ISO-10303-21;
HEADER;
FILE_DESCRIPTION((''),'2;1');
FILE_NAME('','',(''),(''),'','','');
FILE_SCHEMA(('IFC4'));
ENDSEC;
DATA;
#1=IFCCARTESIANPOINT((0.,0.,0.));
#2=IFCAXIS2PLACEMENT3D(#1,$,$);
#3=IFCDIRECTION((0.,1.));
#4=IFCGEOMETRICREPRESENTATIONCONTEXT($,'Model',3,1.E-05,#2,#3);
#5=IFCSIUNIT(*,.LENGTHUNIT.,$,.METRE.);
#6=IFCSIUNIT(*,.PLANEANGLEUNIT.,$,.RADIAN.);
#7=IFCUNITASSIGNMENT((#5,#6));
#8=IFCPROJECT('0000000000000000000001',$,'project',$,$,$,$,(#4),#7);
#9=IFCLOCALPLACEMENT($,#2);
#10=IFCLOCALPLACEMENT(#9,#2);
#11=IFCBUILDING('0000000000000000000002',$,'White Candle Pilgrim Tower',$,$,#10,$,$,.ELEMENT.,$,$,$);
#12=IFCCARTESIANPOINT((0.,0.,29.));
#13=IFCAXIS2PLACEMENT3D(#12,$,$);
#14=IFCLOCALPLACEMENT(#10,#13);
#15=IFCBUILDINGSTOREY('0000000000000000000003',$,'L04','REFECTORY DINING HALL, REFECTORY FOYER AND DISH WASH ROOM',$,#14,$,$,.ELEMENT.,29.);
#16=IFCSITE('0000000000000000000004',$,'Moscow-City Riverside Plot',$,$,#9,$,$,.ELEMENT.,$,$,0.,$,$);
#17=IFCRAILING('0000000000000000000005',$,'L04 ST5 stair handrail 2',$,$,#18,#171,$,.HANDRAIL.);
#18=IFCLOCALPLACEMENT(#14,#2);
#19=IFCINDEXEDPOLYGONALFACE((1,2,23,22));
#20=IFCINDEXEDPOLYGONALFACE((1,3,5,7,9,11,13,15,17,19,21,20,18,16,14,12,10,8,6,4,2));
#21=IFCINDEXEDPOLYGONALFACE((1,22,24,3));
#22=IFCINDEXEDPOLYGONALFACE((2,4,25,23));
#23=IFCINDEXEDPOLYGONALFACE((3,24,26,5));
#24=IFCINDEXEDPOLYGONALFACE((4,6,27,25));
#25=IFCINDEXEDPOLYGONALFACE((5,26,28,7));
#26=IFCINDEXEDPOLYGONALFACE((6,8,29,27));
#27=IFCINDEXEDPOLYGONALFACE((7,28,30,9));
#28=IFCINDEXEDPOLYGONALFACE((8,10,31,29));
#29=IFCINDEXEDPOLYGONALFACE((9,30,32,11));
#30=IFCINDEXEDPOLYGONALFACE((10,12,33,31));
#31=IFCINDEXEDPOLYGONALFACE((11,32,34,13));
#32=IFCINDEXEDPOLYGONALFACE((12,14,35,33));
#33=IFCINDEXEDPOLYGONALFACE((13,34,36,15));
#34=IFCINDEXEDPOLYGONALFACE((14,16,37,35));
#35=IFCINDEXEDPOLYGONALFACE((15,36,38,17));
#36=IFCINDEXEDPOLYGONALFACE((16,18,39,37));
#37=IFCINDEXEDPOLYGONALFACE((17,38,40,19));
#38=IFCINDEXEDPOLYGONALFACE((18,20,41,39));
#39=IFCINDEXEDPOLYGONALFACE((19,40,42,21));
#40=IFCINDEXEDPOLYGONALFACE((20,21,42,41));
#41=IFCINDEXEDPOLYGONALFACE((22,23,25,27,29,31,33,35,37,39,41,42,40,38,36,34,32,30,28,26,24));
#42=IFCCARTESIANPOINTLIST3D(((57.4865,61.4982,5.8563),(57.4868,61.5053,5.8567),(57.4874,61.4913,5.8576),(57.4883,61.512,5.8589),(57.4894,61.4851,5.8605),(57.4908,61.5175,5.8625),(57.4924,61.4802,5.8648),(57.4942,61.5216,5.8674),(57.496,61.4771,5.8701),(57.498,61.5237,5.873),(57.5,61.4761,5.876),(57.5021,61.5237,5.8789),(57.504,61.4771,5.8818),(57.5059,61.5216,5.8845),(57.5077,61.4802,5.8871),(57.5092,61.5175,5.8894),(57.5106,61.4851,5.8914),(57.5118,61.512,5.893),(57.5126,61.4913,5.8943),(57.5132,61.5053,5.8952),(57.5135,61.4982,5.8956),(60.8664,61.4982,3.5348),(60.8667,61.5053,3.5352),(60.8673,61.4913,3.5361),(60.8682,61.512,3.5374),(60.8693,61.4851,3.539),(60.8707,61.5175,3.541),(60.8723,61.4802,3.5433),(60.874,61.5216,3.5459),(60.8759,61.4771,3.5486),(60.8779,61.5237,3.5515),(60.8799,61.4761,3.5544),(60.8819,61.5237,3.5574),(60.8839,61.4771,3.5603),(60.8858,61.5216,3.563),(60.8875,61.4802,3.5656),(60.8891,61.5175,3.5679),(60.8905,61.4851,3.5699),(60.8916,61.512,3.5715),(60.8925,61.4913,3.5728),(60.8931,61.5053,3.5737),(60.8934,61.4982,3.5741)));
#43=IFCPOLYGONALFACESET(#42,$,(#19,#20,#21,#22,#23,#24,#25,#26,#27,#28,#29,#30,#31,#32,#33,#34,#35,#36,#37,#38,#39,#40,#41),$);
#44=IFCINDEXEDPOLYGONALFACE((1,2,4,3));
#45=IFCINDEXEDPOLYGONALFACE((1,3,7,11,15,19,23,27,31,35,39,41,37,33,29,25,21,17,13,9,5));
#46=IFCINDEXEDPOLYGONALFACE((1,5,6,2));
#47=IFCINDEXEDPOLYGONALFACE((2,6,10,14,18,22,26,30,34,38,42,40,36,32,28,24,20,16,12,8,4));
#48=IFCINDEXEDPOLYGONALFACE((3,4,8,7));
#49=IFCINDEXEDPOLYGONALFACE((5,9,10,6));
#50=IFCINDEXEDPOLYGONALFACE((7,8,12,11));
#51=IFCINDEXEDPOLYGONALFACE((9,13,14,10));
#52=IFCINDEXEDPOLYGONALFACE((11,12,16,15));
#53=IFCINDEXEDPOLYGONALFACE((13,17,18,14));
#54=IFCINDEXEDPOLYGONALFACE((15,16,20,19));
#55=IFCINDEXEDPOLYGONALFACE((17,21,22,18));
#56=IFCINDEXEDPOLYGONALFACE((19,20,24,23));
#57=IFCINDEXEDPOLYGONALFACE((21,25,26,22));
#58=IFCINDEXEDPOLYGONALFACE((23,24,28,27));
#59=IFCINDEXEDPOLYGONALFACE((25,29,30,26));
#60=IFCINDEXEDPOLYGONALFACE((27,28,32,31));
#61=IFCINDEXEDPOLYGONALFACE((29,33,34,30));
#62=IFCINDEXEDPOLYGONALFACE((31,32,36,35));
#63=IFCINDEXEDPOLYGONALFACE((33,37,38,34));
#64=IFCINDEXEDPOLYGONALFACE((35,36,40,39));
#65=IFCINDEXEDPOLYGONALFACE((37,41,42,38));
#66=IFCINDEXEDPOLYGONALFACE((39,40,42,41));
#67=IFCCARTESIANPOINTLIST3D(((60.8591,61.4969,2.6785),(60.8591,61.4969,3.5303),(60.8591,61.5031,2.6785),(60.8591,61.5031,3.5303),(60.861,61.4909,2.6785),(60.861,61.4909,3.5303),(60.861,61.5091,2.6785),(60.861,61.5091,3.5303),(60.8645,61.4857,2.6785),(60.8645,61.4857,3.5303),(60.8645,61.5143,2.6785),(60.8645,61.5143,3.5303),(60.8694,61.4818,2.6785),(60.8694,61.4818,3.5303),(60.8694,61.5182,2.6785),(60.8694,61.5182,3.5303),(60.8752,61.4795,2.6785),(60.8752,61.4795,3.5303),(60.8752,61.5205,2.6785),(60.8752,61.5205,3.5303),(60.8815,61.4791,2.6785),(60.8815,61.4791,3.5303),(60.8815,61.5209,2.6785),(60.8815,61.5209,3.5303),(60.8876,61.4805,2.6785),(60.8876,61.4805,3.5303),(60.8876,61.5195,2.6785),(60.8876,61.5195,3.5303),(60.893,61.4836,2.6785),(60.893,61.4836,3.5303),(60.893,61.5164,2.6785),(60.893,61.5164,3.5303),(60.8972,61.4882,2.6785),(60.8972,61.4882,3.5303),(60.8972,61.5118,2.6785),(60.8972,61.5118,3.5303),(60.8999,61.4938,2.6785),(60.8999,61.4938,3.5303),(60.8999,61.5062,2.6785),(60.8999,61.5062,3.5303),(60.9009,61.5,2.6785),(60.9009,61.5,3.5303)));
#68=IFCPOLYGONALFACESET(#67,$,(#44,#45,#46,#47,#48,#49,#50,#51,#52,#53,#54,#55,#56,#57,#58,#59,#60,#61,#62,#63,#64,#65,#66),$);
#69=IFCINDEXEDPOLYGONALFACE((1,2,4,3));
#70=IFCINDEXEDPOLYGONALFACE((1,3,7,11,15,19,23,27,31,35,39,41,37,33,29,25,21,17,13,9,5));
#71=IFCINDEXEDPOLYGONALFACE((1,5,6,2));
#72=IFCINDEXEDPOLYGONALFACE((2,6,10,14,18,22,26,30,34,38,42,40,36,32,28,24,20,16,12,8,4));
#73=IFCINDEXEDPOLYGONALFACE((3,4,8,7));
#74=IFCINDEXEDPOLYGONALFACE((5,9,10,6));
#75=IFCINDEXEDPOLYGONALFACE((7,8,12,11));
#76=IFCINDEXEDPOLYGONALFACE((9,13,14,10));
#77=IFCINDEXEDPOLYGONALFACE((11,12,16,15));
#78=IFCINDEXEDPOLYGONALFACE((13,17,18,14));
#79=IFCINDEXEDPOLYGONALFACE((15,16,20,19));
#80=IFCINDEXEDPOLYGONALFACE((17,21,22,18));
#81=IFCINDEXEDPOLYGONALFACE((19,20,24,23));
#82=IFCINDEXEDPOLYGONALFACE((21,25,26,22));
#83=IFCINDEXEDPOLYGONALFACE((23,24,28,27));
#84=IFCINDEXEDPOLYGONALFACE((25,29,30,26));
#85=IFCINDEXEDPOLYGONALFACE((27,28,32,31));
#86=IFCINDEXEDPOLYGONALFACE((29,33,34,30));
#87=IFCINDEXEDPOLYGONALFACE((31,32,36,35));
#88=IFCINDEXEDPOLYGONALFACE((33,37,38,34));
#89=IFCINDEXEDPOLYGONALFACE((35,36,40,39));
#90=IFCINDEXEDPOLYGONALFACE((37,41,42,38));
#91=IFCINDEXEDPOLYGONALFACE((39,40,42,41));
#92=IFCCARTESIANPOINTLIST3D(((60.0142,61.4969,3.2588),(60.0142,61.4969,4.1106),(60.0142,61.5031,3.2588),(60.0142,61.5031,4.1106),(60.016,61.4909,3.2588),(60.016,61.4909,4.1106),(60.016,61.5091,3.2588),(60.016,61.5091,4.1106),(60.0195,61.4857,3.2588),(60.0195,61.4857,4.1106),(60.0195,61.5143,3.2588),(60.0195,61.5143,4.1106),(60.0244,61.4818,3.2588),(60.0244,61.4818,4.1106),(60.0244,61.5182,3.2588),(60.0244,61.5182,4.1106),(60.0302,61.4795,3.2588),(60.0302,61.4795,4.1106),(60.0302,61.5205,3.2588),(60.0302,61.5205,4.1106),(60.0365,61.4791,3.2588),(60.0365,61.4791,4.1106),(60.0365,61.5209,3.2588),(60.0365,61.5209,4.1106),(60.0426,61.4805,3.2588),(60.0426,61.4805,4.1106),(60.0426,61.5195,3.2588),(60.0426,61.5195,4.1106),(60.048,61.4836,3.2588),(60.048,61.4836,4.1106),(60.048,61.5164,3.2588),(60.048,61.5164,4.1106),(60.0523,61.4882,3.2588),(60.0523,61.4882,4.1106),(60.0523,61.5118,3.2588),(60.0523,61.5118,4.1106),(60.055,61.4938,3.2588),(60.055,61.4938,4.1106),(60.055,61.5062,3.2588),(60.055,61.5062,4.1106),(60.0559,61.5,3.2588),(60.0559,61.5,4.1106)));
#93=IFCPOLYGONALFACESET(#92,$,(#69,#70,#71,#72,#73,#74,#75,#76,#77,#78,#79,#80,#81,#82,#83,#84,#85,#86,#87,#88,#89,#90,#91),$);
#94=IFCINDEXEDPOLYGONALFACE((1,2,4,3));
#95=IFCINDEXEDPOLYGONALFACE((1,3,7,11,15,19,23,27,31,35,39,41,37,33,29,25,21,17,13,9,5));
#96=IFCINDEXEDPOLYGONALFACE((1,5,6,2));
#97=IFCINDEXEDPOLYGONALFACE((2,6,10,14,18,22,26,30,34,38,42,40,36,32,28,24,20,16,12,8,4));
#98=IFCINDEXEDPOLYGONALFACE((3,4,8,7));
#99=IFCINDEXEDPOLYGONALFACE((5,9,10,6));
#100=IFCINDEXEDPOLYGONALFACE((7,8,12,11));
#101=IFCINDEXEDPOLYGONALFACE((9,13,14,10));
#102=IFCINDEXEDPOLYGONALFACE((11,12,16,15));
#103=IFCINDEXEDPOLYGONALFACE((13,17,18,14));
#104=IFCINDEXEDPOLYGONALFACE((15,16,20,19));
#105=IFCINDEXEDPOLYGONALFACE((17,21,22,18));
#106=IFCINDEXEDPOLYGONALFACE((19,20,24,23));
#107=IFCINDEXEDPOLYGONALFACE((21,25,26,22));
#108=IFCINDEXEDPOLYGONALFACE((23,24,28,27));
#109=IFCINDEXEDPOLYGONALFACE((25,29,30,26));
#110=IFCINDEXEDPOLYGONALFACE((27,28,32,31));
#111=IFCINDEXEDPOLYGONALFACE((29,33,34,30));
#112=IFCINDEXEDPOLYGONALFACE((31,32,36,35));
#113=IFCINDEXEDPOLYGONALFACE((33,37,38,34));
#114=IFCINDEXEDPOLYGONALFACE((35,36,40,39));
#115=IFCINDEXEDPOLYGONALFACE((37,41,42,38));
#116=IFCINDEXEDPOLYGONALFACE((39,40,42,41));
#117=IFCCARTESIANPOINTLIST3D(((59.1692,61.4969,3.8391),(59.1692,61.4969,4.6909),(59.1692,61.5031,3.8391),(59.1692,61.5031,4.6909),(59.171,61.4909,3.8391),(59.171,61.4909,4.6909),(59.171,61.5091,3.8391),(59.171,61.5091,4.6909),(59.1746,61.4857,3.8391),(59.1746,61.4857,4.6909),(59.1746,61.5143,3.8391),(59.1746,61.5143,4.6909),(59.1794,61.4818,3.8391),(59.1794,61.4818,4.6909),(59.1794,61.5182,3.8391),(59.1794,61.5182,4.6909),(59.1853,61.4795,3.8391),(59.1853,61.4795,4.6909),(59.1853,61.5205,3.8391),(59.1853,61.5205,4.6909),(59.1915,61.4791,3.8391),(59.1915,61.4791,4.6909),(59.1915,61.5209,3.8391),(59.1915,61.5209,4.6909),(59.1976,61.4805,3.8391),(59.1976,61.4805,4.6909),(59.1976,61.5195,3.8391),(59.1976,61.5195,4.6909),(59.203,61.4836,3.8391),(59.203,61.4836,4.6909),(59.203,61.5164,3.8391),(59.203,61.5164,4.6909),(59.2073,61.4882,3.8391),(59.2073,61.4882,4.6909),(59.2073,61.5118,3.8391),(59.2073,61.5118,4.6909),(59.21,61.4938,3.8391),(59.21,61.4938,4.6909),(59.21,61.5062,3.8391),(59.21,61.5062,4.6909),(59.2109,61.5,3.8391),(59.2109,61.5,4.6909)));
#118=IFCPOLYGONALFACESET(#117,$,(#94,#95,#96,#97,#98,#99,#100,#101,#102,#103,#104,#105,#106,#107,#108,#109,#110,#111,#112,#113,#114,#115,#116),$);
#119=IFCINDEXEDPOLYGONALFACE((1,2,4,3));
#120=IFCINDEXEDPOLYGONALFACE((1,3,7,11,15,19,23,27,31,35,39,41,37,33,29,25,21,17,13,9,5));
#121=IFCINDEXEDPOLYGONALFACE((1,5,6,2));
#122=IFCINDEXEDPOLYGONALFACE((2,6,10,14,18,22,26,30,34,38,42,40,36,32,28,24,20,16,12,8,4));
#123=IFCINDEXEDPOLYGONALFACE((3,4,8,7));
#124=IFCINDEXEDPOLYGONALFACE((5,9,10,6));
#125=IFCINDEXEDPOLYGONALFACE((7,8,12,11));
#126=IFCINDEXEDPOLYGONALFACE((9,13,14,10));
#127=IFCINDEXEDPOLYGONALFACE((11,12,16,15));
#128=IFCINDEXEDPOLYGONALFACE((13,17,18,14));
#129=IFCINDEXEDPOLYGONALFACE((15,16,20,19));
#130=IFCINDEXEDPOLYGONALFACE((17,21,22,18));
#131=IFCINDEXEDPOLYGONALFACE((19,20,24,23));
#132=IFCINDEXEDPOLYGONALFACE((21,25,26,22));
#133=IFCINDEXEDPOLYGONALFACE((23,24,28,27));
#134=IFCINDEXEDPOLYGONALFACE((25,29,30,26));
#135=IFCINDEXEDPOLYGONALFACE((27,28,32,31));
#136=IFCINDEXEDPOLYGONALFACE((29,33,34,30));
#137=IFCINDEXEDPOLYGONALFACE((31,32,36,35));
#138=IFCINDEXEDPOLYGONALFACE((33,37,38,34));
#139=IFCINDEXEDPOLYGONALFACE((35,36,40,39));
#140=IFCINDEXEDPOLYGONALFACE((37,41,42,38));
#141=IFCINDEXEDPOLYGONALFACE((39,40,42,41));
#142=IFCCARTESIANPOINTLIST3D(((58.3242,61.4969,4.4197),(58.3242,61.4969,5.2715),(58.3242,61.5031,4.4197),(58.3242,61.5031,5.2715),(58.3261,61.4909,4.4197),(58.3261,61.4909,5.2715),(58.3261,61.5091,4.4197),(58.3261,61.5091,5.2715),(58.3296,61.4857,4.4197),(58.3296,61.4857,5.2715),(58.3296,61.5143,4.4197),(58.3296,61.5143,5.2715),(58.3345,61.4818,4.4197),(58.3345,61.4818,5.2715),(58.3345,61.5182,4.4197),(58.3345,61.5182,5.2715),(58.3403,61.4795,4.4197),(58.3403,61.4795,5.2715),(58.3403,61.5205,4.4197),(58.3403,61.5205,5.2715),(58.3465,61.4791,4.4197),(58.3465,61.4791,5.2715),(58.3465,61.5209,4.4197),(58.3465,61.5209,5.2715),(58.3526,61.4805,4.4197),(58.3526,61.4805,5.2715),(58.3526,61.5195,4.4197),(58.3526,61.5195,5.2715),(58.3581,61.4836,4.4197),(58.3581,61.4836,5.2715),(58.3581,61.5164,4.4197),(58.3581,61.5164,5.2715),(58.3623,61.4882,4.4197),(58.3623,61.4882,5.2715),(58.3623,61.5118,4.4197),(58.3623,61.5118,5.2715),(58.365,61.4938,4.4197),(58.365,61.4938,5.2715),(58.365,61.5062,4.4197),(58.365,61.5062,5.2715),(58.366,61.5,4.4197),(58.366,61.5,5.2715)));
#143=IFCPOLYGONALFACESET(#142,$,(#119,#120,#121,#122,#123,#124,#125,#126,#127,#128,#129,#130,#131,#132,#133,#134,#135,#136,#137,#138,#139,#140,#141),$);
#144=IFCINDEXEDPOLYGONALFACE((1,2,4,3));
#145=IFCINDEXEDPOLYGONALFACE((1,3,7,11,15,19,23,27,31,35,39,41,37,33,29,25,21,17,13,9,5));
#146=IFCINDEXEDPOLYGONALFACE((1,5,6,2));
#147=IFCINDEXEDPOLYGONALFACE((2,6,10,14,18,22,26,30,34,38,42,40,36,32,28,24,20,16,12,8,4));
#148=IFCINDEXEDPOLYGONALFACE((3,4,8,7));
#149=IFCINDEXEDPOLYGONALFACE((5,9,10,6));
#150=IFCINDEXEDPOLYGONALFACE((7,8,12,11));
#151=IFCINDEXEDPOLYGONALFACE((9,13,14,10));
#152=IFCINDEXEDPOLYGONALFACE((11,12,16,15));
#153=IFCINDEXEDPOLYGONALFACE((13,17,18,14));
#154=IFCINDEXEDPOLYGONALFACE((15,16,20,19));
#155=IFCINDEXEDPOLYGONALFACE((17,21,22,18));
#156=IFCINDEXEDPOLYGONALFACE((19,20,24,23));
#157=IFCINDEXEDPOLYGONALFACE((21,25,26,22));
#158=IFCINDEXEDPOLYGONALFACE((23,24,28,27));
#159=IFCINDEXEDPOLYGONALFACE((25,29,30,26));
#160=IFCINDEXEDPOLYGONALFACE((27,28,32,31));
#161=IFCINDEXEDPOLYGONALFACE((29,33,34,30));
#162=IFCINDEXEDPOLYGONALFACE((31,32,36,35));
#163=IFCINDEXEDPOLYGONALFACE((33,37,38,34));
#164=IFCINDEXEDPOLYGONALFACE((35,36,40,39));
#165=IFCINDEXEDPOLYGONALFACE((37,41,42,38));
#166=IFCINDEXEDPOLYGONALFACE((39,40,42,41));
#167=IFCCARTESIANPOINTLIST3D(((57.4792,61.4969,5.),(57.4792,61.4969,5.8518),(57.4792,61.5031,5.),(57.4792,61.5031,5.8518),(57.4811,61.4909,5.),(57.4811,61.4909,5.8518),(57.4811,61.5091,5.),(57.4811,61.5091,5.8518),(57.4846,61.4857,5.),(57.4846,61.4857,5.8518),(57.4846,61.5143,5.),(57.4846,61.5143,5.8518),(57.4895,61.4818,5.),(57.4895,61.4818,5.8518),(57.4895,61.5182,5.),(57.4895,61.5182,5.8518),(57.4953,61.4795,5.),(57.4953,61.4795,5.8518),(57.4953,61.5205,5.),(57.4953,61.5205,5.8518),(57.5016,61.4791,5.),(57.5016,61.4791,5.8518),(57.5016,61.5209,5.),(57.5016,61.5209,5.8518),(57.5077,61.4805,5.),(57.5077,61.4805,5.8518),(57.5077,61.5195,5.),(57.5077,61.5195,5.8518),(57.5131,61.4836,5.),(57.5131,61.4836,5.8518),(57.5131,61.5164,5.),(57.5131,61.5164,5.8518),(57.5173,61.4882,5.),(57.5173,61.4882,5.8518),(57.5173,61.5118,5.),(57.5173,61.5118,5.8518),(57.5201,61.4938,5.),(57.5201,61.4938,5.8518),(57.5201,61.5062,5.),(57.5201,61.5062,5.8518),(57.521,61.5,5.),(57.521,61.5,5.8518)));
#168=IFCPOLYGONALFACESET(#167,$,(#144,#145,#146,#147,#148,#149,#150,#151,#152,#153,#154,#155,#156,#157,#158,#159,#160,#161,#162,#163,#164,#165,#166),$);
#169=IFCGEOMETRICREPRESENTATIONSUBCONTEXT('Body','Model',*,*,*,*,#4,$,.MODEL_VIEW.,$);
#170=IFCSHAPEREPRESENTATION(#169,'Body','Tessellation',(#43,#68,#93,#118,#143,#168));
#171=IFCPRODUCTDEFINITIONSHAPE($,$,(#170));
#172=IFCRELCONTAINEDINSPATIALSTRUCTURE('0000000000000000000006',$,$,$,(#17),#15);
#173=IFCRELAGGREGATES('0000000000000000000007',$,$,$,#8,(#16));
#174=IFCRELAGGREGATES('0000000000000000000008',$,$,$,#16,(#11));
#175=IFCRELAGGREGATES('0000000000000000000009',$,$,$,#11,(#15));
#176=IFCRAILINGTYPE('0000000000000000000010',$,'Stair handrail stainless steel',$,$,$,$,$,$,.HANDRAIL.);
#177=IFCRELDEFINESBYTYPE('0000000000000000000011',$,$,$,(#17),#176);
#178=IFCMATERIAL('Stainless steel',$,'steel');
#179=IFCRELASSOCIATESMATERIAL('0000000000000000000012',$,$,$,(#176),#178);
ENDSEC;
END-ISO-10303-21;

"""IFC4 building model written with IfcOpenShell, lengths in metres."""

from ifc_helpers import new_model, si_unit, direction, frame, origin, origin_2d, place, context, subcontext, project, spatial, circle, extrude, material, type_object, element, save


model = new_model("IFC4")

# Units and contexts
model_context = context("Model", 3, precision=1e-05, world=origin(), true_north=direction((0.0, 1.0)))
body_context = subcontext(model_context, "Body", "Model", "MODEL_VIEW")
ifc_project = project(units=[si_unit("LENGTHUNIT", "METRE"), si_unit("PLANEANGLEUNIT", "RADIAN")], contexts=[model_context])

# Site, building, storey
site_placement = place(None, origin())
site = spatial("IfcSite", under=ifc_project, at=site_placement, Name="Moscow-City Riverside Plot", CompositionType="ELEMENT", RefElevation=0.0)
building_placement = place(site_placement, origin())
building = spatial("IfcBuilding", under=site, at=building_placement, Name="White Candle Pilgrim Tower", CompositionType="ELEMENT")
storey_placement = place(building_placement, frame((0.0, 0.0, 29.0)))
storey = spatial("IfcBuildingStorey", under=building, at=storey_placement, Name="L04", Description="REFECTORY DINING HALL, REFECTORY FOYER AND DISH WASH ROOM", CompositionType="ELEMENT", Elevation=29.0)

# Shared definitions
ifc_material_1 = material(Name="Stainless steel", Category="steel")

# Railing
railing_type = type_object("IfcRailingType", Name="Stair handrail stainless steel", PredefinedType="HANDRAIL", material=ifc_material_1)
railing_placement = place(storey_placement, frame((60.8799, 61.5, 2.6785)))
element("IfcRailing", 1, at=railing_placement, inside=storey, type_object=railing_type, Name="L04 ST5 stair handrail 2", PredefinedType="HANDRAIL", context=body_context, shape_type="SweptSolid", body=[
    extrude(circle(Radius=0.0239, at=origin_2d()), frame((0.0, 0.0, 0.876), z_axis=(-0.824285, 0.0, 0.566175), x_axis=(0.0, -1.0, 0.0)), (0.0, 0.0, 1.0), 4.1003),
    extrude(circle(Radius=0.021, at=origin_2d()), origin(), (0.0, 0.0, 1.0), 0.8518),
    extrude(circle(Radius=0.021, at=origin_2d()), frame((-0.845, 0.0, 0.5803)), (0.0, 0.0, 1.0), 0.8518),
    extrude(circle(Radius=0.021, at=origin_2d()), frame((-1.6899, 0.0, 1.1606)), (0.0, 0.0, 1.0), 0.8518),
    extrude(circle(Radius=0.021, at=origin_2d()), frame((-2.5349, 0.0, 1.7412)), (0.0, 0.0, 1.0), 0.8518),
    extrude(circle(Radius=0.021, at=origin_2d()), frame((-3.3799, 0.0, 2.3215)), (0.0, 0.0, 1.0), 0.8518),
])

save(model, "model.ifc")
